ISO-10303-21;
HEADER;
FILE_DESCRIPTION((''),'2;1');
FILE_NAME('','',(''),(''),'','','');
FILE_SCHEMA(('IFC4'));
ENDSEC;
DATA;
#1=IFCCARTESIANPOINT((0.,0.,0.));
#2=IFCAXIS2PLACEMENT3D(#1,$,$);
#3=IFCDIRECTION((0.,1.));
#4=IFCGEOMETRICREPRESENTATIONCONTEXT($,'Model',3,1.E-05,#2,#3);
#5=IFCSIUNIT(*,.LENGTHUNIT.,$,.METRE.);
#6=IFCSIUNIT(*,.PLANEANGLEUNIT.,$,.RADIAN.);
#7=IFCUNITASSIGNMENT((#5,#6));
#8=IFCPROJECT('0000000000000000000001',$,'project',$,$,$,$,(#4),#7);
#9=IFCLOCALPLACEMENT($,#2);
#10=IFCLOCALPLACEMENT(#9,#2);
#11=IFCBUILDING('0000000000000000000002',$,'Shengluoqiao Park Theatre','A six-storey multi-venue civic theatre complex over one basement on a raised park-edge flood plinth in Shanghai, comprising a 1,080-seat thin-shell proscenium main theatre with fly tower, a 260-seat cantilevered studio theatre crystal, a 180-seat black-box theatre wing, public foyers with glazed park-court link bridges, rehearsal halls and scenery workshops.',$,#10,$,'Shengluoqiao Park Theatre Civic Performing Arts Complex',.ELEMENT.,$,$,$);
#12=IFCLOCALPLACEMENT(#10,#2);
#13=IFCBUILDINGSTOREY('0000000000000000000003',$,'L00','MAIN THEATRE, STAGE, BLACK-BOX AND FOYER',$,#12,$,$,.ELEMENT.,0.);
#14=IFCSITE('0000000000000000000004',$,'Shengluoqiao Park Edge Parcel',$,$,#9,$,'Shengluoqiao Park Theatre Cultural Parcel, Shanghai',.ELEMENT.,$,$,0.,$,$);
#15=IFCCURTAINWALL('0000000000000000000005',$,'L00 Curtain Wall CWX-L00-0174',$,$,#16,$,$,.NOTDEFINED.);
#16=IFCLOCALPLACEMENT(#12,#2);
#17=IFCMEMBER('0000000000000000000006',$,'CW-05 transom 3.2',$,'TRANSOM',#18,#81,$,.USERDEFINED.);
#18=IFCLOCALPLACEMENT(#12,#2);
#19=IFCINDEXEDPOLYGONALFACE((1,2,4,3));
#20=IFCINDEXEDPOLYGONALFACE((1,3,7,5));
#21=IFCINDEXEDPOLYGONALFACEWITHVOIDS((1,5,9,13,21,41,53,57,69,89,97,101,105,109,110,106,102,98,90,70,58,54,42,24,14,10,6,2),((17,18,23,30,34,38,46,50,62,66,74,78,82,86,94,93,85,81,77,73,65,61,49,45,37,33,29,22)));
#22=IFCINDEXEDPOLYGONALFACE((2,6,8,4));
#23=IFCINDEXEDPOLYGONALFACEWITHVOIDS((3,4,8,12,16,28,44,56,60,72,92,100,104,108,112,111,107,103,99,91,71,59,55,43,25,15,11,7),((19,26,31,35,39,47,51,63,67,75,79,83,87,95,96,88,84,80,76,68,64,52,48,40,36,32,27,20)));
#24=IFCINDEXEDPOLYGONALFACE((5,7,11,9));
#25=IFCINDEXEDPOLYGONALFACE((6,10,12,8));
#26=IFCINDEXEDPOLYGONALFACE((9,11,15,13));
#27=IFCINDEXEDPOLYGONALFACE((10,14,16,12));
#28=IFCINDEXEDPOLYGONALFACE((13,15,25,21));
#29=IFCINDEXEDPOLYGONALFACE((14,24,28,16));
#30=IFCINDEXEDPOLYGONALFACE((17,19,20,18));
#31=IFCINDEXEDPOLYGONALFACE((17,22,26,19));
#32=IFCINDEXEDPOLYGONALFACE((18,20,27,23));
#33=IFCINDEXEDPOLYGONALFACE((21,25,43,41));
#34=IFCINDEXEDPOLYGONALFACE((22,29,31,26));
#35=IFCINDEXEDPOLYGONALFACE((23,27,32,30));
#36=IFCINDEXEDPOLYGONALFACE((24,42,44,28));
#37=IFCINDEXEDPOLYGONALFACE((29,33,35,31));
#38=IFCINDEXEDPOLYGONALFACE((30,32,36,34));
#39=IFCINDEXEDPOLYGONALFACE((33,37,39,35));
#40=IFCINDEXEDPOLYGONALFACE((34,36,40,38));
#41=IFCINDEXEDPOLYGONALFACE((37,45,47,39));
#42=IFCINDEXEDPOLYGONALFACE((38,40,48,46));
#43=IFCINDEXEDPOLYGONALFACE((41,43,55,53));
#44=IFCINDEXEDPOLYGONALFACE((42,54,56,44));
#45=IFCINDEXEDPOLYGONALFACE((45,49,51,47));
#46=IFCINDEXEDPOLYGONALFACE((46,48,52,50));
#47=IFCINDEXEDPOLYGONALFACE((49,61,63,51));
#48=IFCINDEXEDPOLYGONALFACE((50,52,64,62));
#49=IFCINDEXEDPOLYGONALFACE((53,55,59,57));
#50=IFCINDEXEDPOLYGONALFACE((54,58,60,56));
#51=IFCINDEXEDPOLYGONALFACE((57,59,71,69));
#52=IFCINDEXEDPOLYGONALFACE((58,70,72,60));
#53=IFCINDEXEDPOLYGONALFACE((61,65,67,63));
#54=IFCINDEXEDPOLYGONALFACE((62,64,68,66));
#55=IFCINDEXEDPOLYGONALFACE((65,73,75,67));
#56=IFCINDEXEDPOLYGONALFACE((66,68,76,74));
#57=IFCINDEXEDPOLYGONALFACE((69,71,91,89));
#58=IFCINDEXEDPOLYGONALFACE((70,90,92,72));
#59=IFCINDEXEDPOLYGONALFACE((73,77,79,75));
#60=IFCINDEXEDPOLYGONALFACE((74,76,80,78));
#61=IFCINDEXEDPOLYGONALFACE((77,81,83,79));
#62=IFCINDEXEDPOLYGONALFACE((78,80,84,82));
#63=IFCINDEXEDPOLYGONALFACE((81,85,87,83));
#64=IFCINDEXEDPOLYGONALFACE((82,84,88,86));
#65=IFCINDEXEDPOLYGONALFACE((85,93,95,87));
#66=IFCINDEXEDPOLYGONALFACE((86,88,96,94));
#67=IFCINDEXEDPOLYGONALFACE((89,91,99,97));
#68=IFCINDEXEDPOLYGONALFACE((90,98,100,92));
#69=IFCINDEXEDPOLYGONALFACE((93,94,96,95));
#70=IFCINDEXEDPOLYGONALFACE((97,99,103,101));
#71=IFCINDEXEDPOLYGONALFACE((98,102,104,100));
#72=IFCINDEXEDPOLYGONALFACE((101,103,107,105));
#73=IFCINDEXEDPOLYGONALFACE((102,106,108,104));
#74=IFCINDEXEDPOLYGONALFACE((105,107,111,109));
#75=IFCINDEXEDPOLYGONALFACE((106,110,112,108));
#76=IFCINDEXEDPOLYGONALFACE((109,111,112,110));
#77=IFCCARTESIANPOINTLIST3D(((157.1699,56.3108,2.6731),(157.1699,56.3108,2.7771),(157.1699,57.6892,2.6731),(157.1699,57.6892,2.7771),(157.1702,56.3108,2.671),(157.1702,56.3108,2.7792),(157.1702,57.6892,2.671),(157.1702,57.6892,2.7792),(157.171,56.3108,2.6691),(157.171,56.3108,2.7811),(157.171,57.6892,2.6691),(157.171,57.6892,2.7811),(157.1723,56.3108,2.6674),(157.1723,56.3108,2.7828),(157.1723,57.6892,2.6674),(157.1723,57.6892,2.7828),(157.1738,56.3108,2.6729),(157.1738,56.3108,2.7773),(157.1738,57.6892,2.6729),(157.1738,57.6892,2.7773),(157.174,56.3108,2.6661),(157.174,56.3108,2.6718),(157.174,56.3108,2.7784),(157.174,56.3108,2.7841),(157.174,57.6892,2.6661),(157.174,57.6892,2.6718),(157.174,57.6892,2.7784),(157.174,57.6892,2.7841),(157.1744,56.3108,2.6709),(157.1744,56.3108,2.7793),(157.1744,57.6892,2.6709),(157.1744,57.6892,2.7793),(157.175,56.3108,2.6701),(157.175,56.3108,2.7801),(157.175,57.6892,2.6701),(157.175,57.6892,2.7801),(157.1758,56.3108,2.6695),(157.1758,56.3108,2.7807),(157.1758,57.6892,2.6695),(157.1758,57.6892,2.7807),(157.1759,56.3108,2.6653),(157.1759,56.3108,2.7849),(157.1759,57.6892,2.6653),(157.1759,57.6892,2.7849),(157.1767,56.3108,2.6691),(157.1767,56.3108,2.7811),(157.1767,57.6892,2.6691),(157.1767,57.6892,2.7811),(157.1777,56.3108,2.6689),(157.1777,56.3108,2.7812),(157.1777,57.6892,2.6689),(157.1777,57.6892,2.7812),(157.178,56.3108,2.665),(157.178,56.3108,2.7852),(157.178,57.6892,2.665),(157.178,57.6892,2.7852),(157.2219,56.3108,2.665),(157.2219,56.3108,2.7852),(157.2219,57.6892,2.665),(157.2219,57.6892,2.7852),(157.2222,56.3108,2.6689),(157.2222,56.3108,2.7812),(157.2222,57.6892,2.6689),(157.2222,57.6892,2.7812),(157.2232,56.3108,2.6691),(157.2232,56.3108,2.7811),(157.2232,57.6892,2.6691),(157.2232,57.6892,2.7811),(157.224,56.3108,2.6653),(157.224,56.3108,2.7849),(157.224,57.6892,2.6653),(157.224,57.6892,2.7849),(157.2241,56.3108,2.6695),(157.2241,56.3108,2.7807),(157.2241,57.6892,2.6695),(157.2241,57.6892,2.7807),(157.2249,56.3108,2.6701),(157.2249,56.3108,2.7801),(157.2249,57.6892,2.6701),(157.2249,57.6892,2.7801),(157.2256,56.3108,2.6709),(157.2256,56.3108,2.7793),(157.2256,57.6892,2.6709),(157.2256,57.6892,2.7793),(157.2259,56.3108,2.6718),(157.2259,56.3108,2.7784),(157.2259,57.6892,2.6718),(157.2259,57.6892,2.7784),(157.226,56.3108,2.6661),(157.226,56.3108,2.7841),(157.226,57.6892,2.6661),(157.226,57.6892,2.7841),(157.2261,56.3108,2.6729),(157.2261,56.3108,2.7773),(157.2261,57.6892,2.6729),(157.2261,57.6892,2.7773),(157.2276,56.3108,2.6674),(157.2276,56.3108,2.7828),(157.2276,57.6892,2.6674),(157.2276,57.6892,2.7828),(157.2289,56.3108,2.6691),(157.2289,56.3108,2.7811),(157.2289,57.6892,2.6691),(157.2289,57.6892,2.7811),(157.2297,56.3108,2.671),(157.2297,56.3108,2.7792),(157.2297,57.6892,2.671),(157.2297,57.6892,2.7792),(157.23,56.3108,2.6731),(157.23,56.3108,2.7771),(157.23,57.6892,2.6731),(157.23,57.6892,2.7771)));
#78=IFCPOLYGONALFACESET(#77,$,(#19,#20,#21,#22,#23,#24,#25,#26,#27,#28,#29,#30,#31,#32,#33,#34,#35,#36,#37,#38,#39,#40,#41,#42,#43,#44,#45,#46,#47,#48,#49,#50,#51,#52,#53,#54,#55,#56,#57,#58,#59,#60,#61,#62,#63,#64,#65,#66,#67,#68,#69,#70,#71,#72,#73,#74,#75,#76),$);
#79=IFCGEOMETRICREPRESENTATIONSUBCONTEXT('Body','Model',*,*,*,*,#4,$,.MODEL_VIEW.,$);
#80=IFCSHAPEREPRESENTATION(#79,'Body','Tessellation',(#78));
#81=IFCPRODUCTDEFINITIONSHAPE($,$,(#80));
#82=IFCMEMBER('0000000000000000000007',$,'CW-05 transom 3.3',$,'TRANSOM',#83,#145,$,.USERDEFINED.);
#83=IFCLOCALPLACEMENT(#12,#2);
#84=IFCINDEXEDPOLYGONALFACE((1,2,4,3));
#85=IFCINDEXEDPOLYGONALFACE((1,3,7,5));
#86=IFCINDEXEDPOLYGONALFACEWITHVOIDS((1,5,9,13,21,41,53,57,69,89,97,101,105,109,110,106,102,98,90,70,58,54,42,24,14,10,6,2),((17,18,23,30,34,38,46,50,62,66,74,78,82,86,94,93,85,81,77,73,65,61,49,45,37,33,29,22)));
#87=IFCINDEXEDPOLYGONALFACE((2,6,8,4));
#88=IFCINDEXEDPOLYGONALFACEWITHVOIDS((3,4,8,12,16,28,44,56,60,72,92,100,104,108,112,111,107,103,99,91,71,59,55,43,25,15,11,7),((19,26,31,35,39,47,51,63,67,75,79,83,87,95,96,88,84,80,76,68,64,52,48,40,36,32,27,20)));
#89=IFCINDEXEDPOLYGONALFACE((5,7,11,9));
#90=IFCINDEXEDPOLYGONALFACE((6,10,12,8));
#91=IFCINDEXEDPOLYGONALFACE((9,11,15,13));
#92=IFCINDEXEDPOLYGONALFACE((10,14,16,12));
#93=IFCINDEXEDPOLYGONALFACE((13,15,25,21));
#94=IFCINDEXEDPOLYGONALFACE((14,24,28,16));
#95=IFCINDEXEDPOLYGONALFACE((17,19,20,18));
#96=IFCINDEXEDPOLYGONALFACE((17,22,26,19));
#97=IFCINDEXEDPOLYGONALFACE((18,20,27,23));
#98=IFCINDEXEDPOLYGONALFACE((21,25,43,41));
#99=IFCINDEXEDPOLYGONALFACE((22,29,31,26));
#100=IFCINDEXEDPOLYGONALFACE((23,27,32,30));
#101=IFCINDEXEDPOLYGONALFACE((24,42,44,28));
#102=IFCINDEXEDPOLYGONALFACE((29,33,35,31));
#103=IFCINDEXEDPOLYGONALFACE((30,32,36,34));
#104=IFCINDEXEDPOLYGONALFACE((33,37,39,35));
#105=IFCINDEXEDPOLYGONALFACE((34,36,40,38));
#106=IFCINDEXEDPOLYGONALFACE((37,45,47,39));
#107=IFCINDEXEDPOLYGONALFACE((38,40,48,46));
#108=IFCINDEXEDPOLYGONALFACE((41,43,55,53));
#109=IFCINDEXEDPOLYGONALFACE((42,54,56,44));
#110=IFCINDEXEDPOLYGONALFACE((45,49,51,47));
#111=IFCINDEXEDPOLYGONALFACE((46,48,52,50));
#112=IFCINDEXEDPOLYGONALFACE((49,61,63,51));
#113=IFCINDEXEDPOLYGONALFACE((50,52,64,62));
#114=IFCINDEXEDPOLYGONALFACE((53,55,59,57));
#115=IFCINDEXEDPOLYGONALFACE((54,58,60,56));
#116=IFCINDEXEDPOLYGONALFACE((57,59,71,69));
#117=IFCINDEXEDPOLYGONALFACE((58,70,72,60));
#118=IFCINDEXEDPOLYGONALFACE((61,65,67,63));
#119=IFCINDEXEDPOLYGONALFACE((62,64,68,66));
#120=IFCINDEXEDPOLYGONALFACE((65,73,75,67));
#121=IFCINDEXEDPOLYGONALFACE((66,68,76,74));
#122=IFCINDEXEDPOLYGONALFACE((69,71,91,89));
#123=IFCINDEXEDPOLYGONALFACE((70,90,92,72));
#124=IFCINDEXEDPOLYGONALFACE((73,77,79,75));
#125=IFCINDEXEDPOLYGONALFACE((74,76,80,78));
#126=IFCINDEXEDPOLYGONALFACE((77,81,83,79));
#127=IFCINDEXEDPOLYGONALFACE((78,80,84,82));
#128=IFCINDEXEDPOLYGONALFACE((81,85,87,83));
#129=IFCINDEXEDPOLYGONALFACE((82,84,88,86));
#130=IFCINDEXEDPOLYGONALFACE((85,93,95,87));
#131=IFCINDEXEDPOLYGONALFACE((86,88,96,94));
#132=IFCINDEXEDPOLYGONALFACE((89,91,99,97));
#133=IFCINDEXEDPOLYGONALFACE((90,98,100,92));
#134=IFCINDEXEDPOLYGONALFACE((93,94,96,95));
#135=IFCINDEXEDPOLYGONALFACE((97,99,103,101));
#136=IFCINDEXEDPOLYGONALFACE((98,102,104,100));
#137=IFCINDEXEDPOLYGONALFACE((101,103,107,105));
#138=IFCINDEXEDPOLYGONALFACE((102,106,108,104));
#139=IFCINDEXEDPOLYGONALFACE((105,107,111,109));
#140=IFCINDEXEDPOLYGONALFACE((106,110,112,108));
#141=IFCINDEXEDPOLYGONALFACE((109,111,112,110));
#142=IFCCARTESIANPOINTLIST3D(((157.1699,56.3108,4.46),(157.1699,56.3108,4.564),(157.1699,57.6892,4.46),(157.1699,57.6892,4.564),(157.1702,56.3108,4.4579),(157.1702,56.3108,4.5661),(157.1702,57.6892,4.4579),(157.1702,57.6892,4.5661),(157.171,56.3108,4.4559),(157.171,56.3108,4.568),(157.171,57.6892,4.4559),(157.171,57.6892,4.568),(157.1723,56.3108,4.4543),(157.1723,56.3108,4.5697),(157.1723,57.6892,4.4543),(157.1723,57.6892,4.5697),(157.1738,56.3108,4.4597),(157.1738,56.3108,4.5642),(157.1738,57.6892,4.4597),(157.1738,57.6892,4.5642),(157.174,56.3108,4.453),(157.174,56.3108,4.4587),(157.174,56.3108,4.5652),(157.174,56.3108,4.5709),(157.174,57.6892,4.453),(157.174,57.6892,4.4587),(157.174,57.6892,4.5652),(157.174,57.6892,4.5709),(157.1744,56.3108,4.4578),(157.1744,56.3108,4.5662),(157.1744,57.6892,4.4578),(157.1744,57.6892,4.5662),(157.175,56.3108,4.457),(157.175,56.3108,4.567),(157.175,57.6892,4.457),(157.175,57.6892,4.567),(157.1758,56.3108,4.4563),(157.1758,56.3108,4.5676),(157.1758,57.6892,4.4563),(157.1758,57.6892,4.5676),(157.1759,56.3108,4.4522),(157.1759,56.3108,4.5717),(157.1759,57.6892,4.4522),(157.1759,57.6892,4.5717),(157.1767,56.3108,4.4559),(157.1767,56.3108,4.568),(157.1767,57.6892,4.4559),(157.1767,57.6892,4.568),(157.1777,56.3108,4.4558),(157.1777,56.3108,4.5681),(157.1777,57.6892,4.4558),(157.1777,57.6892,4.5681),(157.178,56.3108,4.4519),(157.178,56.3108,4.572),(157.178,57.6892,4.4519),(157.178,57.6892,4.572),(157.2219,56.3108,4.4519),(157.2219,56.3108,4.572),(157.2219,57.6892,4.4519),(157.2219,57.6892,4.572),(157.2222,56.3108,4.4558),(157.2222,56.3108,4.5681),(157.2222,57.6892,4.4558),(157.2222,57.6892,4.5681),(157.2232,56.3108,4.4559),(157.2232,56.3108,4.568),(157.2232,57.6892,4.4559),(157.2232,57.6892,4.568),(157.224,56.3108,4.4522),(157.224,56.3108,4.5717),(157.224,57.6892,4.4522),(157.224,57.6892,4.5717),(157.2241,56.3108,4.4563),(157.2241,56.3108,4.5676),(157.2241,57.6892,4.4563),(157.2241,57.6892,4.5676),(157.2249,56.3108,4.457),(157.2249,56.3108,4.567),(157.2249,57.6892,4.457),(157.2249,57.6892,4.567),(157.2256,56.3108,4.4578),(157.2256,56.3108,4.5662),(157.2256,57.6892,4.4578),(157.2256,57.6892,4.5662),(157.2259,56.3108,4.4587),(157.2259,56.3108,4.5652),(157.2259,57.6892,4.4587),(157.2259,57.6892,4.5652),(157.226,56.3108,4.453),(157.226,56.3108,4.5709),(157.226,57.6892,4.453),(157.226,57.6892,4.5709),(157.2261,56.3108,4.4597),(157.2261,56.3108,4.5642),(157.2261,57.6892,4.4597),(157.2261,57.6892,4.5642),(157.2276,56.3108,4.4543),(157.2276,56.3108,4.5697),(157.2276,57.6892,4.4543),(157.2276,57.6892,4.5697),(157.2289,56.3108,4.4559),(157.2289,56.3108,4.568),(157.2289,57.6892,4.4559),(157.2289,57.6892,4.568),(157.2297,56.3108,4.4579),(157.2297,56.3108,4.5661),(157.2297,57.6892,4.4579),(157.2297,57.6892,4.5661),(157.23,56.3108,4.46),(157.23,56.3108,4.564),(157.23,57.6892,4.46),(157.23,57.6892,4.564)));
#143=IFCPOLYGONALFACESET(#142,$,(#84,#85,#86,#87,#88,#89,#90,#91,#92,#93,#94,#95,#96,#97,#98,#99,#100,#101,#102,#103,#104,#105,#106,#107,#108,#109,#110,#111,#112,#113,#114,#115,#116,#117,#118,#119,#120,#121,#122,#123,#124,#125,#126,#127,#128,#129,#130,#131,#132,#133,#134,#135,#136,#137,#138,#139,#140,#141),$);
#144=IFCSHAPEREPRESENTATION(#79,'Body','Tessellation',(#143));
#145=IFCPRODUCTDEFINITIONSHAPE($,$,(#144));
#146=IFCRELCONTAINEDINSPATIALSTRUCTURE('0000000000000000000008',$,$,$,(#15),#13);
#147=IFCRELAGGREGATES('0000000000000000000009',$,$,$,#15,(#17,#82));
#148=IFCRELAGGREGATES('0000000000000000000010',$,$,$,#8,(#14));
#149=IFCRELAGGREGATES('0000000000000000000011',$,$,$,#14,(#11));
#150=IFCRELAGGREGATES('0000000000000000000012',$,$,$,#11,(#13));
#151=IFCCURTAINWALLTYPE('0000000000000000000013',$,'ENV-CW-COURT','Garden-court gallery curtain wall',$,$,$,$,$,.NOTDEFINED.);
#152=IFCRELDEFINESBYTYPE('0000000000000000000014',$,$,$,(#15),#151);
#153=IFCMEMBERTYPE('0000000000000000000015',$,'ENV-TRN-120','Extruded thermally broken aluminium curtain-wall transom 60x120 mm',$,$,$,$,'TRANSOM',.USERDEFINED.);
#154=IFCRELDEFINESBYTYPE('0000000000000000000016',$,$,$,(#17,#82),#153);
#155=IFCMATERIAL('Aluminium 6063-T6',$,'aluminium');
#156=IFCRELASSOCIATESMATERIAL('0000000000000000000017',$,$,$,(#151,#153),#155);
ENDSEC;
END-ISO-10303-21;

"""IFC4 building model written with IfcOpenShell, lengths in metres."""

from ifc_helpers import new_model, si_unit, direction, frame, origin, origin_2d, place, context, subcontext, project, spatial, hollow_rectangle, extrude, material, material_profile, profile_set, type_object, element, aggregate, save


model = new_model("IFC4")

# Units and contexts
model_context = context("Model", 3, precision=1e-05, world=origin(), true_north=direction((0.0, 1.0)))
body_context = subcontext(model_context, "Body", "Model", "MODEL_VIEW")
ifc_project = project(units=[si_unit("LENGTHUNIT", "METRE"), si_unit("PLANEANGLEUNIT", "RADIAN")], contexts=[model_context])

# Site, building, storey
site_placement = place(None, origin())
site = spatial("IfcSite", under=ifc_project, at=site_placement, Name="Shengluoqiao Park Edge Parcel", LongName="Shengluoqiao Park Theatre Cultural Parcel, Shanghai", CompositionType="ELEMENT", RefElevation=0.0)
building_placement = place(site_placement, origin())
building = spatial("IfcBuilding", under=site, at=building_placement, Name="Shengluoqiao Park Theatre", Description="A six-storey multi-venue civic theatre complex over one basement on a raised park-edge flood plinth in Shanghai, comprising a 1,080-seat thin-shell proscenium main theatre with fly tower, a 260-seat cantilevered studio theatre crystal, a 180-seat black-box theatre wing, public foyers with glazed park-court link bridges, rehearsal halls and scenery workshops.", LongName="Shengluoqiao Park Theatre Civic Performing Arts Complex", CompositionType="ELEMENT")
storey_placement = place(building_placement, origin())
storey = spatial("IfcBuildingStorey", under=building, at=storey_placement, Name="L00", Description="MAIN THEATRE, STAGE, BLACK-BOX AND FOYER", CompositionType="ELEMENT", Elevation=0.0)

# Curtain wall, members
ifc_material_1 = material(Name="Aluminium 6063-T6", Category="aluminium")
curtain_wall_type = type_object("IfcCurtainWallType", Name="ENV-CW-COURT", Description="Garden-court gallery curtain wall", PredefinedType="NOTDEFINED", material=ifc_material_1)
curtain_wall_placement = place(storey_placement, origin())
curtain_wall = element("IfcCurtainWall", 1, at=curtain_wall_placement, inside=storey, type_object=curtain_wall_type, Name="L00 Curtain Wall CWX-L00-0174", PredefinedType="NOTDEFINED")
ifc_material_profile_1 = material_profile(ifc_material_1, hollow_rectangle(XDim=0.0601, YDim=0.1201, WallThickness=0.0039, InnerFilletRadius=0.0039, OuterFilletRadius=0.0081, at=origin_2d()), Name="ALU TRANSOM 120x60x4")
ifc_profile_set_1 = profile_set([ifc_material_profile_1], Name="Aluminium 6063-T6")
member_type_1 = type_object("IfcMemberType", Name="ENV-TRN-120", Description="Extruded thermally broken aluminium curtain-wall transom 60x120 mm", ElementType="TRANSOM", PredefinedType="USERDEFINED", material=ifc_profile_set_1)
member_1_placement = place(storey_placement, frame((157.2, 56.3108, 2.7251), z_axis=(0.0, 1.0, 0.0), x_axis=(-1.0, 0.0, 0.0)))
member_1 = element("IfcMember", 2, at=member_1_placement, type_object=member_type_1, Name="CW-05 transom 3.2", ObjectType="TRANSOM", PredefinedType="USERDEFINED", context=body_context, shape_type="SweptSolid", body=[
    extrude(hollow_rectangle(XDim=0.0601, YDim=0.1201, WallThickness=0.0039, InnerFilletRadius=0.0039, OuterFilletRadius=0.0081, at=origin_2d()), origin(), (0.0, 0.0, 1.0), 1.3784),
])
member_2_placement = place(storey_placement, frame((157.2, 56.3108, 4.512), z_axis=(0.0, 1.0, 0.0), x_axis=(-1.0, 0.0, 0.0)))
member_2 = element("IfcMember", 3, at=member_2_placement, type_object=member_type_1, Name="CW-05 transom 3.3", ObjectType="TRANSOM", PredefinedType="USERDEFINED", context=body_context, shape_type="SweptSolid", body=[
    extrude(hollow_rectangle(XDim=0.0601, YDim=0.1201, WallThickness=0.0039, InnerFilletRadius=0.0039, OuterFilletRadius=0.0081, at=origin_2d()), origin(), (0.0, 0.0, 1.0), 1.3784),
])
aggregate(curtain_wall, [member_1, member_2])

save(model, "model.ifc")
